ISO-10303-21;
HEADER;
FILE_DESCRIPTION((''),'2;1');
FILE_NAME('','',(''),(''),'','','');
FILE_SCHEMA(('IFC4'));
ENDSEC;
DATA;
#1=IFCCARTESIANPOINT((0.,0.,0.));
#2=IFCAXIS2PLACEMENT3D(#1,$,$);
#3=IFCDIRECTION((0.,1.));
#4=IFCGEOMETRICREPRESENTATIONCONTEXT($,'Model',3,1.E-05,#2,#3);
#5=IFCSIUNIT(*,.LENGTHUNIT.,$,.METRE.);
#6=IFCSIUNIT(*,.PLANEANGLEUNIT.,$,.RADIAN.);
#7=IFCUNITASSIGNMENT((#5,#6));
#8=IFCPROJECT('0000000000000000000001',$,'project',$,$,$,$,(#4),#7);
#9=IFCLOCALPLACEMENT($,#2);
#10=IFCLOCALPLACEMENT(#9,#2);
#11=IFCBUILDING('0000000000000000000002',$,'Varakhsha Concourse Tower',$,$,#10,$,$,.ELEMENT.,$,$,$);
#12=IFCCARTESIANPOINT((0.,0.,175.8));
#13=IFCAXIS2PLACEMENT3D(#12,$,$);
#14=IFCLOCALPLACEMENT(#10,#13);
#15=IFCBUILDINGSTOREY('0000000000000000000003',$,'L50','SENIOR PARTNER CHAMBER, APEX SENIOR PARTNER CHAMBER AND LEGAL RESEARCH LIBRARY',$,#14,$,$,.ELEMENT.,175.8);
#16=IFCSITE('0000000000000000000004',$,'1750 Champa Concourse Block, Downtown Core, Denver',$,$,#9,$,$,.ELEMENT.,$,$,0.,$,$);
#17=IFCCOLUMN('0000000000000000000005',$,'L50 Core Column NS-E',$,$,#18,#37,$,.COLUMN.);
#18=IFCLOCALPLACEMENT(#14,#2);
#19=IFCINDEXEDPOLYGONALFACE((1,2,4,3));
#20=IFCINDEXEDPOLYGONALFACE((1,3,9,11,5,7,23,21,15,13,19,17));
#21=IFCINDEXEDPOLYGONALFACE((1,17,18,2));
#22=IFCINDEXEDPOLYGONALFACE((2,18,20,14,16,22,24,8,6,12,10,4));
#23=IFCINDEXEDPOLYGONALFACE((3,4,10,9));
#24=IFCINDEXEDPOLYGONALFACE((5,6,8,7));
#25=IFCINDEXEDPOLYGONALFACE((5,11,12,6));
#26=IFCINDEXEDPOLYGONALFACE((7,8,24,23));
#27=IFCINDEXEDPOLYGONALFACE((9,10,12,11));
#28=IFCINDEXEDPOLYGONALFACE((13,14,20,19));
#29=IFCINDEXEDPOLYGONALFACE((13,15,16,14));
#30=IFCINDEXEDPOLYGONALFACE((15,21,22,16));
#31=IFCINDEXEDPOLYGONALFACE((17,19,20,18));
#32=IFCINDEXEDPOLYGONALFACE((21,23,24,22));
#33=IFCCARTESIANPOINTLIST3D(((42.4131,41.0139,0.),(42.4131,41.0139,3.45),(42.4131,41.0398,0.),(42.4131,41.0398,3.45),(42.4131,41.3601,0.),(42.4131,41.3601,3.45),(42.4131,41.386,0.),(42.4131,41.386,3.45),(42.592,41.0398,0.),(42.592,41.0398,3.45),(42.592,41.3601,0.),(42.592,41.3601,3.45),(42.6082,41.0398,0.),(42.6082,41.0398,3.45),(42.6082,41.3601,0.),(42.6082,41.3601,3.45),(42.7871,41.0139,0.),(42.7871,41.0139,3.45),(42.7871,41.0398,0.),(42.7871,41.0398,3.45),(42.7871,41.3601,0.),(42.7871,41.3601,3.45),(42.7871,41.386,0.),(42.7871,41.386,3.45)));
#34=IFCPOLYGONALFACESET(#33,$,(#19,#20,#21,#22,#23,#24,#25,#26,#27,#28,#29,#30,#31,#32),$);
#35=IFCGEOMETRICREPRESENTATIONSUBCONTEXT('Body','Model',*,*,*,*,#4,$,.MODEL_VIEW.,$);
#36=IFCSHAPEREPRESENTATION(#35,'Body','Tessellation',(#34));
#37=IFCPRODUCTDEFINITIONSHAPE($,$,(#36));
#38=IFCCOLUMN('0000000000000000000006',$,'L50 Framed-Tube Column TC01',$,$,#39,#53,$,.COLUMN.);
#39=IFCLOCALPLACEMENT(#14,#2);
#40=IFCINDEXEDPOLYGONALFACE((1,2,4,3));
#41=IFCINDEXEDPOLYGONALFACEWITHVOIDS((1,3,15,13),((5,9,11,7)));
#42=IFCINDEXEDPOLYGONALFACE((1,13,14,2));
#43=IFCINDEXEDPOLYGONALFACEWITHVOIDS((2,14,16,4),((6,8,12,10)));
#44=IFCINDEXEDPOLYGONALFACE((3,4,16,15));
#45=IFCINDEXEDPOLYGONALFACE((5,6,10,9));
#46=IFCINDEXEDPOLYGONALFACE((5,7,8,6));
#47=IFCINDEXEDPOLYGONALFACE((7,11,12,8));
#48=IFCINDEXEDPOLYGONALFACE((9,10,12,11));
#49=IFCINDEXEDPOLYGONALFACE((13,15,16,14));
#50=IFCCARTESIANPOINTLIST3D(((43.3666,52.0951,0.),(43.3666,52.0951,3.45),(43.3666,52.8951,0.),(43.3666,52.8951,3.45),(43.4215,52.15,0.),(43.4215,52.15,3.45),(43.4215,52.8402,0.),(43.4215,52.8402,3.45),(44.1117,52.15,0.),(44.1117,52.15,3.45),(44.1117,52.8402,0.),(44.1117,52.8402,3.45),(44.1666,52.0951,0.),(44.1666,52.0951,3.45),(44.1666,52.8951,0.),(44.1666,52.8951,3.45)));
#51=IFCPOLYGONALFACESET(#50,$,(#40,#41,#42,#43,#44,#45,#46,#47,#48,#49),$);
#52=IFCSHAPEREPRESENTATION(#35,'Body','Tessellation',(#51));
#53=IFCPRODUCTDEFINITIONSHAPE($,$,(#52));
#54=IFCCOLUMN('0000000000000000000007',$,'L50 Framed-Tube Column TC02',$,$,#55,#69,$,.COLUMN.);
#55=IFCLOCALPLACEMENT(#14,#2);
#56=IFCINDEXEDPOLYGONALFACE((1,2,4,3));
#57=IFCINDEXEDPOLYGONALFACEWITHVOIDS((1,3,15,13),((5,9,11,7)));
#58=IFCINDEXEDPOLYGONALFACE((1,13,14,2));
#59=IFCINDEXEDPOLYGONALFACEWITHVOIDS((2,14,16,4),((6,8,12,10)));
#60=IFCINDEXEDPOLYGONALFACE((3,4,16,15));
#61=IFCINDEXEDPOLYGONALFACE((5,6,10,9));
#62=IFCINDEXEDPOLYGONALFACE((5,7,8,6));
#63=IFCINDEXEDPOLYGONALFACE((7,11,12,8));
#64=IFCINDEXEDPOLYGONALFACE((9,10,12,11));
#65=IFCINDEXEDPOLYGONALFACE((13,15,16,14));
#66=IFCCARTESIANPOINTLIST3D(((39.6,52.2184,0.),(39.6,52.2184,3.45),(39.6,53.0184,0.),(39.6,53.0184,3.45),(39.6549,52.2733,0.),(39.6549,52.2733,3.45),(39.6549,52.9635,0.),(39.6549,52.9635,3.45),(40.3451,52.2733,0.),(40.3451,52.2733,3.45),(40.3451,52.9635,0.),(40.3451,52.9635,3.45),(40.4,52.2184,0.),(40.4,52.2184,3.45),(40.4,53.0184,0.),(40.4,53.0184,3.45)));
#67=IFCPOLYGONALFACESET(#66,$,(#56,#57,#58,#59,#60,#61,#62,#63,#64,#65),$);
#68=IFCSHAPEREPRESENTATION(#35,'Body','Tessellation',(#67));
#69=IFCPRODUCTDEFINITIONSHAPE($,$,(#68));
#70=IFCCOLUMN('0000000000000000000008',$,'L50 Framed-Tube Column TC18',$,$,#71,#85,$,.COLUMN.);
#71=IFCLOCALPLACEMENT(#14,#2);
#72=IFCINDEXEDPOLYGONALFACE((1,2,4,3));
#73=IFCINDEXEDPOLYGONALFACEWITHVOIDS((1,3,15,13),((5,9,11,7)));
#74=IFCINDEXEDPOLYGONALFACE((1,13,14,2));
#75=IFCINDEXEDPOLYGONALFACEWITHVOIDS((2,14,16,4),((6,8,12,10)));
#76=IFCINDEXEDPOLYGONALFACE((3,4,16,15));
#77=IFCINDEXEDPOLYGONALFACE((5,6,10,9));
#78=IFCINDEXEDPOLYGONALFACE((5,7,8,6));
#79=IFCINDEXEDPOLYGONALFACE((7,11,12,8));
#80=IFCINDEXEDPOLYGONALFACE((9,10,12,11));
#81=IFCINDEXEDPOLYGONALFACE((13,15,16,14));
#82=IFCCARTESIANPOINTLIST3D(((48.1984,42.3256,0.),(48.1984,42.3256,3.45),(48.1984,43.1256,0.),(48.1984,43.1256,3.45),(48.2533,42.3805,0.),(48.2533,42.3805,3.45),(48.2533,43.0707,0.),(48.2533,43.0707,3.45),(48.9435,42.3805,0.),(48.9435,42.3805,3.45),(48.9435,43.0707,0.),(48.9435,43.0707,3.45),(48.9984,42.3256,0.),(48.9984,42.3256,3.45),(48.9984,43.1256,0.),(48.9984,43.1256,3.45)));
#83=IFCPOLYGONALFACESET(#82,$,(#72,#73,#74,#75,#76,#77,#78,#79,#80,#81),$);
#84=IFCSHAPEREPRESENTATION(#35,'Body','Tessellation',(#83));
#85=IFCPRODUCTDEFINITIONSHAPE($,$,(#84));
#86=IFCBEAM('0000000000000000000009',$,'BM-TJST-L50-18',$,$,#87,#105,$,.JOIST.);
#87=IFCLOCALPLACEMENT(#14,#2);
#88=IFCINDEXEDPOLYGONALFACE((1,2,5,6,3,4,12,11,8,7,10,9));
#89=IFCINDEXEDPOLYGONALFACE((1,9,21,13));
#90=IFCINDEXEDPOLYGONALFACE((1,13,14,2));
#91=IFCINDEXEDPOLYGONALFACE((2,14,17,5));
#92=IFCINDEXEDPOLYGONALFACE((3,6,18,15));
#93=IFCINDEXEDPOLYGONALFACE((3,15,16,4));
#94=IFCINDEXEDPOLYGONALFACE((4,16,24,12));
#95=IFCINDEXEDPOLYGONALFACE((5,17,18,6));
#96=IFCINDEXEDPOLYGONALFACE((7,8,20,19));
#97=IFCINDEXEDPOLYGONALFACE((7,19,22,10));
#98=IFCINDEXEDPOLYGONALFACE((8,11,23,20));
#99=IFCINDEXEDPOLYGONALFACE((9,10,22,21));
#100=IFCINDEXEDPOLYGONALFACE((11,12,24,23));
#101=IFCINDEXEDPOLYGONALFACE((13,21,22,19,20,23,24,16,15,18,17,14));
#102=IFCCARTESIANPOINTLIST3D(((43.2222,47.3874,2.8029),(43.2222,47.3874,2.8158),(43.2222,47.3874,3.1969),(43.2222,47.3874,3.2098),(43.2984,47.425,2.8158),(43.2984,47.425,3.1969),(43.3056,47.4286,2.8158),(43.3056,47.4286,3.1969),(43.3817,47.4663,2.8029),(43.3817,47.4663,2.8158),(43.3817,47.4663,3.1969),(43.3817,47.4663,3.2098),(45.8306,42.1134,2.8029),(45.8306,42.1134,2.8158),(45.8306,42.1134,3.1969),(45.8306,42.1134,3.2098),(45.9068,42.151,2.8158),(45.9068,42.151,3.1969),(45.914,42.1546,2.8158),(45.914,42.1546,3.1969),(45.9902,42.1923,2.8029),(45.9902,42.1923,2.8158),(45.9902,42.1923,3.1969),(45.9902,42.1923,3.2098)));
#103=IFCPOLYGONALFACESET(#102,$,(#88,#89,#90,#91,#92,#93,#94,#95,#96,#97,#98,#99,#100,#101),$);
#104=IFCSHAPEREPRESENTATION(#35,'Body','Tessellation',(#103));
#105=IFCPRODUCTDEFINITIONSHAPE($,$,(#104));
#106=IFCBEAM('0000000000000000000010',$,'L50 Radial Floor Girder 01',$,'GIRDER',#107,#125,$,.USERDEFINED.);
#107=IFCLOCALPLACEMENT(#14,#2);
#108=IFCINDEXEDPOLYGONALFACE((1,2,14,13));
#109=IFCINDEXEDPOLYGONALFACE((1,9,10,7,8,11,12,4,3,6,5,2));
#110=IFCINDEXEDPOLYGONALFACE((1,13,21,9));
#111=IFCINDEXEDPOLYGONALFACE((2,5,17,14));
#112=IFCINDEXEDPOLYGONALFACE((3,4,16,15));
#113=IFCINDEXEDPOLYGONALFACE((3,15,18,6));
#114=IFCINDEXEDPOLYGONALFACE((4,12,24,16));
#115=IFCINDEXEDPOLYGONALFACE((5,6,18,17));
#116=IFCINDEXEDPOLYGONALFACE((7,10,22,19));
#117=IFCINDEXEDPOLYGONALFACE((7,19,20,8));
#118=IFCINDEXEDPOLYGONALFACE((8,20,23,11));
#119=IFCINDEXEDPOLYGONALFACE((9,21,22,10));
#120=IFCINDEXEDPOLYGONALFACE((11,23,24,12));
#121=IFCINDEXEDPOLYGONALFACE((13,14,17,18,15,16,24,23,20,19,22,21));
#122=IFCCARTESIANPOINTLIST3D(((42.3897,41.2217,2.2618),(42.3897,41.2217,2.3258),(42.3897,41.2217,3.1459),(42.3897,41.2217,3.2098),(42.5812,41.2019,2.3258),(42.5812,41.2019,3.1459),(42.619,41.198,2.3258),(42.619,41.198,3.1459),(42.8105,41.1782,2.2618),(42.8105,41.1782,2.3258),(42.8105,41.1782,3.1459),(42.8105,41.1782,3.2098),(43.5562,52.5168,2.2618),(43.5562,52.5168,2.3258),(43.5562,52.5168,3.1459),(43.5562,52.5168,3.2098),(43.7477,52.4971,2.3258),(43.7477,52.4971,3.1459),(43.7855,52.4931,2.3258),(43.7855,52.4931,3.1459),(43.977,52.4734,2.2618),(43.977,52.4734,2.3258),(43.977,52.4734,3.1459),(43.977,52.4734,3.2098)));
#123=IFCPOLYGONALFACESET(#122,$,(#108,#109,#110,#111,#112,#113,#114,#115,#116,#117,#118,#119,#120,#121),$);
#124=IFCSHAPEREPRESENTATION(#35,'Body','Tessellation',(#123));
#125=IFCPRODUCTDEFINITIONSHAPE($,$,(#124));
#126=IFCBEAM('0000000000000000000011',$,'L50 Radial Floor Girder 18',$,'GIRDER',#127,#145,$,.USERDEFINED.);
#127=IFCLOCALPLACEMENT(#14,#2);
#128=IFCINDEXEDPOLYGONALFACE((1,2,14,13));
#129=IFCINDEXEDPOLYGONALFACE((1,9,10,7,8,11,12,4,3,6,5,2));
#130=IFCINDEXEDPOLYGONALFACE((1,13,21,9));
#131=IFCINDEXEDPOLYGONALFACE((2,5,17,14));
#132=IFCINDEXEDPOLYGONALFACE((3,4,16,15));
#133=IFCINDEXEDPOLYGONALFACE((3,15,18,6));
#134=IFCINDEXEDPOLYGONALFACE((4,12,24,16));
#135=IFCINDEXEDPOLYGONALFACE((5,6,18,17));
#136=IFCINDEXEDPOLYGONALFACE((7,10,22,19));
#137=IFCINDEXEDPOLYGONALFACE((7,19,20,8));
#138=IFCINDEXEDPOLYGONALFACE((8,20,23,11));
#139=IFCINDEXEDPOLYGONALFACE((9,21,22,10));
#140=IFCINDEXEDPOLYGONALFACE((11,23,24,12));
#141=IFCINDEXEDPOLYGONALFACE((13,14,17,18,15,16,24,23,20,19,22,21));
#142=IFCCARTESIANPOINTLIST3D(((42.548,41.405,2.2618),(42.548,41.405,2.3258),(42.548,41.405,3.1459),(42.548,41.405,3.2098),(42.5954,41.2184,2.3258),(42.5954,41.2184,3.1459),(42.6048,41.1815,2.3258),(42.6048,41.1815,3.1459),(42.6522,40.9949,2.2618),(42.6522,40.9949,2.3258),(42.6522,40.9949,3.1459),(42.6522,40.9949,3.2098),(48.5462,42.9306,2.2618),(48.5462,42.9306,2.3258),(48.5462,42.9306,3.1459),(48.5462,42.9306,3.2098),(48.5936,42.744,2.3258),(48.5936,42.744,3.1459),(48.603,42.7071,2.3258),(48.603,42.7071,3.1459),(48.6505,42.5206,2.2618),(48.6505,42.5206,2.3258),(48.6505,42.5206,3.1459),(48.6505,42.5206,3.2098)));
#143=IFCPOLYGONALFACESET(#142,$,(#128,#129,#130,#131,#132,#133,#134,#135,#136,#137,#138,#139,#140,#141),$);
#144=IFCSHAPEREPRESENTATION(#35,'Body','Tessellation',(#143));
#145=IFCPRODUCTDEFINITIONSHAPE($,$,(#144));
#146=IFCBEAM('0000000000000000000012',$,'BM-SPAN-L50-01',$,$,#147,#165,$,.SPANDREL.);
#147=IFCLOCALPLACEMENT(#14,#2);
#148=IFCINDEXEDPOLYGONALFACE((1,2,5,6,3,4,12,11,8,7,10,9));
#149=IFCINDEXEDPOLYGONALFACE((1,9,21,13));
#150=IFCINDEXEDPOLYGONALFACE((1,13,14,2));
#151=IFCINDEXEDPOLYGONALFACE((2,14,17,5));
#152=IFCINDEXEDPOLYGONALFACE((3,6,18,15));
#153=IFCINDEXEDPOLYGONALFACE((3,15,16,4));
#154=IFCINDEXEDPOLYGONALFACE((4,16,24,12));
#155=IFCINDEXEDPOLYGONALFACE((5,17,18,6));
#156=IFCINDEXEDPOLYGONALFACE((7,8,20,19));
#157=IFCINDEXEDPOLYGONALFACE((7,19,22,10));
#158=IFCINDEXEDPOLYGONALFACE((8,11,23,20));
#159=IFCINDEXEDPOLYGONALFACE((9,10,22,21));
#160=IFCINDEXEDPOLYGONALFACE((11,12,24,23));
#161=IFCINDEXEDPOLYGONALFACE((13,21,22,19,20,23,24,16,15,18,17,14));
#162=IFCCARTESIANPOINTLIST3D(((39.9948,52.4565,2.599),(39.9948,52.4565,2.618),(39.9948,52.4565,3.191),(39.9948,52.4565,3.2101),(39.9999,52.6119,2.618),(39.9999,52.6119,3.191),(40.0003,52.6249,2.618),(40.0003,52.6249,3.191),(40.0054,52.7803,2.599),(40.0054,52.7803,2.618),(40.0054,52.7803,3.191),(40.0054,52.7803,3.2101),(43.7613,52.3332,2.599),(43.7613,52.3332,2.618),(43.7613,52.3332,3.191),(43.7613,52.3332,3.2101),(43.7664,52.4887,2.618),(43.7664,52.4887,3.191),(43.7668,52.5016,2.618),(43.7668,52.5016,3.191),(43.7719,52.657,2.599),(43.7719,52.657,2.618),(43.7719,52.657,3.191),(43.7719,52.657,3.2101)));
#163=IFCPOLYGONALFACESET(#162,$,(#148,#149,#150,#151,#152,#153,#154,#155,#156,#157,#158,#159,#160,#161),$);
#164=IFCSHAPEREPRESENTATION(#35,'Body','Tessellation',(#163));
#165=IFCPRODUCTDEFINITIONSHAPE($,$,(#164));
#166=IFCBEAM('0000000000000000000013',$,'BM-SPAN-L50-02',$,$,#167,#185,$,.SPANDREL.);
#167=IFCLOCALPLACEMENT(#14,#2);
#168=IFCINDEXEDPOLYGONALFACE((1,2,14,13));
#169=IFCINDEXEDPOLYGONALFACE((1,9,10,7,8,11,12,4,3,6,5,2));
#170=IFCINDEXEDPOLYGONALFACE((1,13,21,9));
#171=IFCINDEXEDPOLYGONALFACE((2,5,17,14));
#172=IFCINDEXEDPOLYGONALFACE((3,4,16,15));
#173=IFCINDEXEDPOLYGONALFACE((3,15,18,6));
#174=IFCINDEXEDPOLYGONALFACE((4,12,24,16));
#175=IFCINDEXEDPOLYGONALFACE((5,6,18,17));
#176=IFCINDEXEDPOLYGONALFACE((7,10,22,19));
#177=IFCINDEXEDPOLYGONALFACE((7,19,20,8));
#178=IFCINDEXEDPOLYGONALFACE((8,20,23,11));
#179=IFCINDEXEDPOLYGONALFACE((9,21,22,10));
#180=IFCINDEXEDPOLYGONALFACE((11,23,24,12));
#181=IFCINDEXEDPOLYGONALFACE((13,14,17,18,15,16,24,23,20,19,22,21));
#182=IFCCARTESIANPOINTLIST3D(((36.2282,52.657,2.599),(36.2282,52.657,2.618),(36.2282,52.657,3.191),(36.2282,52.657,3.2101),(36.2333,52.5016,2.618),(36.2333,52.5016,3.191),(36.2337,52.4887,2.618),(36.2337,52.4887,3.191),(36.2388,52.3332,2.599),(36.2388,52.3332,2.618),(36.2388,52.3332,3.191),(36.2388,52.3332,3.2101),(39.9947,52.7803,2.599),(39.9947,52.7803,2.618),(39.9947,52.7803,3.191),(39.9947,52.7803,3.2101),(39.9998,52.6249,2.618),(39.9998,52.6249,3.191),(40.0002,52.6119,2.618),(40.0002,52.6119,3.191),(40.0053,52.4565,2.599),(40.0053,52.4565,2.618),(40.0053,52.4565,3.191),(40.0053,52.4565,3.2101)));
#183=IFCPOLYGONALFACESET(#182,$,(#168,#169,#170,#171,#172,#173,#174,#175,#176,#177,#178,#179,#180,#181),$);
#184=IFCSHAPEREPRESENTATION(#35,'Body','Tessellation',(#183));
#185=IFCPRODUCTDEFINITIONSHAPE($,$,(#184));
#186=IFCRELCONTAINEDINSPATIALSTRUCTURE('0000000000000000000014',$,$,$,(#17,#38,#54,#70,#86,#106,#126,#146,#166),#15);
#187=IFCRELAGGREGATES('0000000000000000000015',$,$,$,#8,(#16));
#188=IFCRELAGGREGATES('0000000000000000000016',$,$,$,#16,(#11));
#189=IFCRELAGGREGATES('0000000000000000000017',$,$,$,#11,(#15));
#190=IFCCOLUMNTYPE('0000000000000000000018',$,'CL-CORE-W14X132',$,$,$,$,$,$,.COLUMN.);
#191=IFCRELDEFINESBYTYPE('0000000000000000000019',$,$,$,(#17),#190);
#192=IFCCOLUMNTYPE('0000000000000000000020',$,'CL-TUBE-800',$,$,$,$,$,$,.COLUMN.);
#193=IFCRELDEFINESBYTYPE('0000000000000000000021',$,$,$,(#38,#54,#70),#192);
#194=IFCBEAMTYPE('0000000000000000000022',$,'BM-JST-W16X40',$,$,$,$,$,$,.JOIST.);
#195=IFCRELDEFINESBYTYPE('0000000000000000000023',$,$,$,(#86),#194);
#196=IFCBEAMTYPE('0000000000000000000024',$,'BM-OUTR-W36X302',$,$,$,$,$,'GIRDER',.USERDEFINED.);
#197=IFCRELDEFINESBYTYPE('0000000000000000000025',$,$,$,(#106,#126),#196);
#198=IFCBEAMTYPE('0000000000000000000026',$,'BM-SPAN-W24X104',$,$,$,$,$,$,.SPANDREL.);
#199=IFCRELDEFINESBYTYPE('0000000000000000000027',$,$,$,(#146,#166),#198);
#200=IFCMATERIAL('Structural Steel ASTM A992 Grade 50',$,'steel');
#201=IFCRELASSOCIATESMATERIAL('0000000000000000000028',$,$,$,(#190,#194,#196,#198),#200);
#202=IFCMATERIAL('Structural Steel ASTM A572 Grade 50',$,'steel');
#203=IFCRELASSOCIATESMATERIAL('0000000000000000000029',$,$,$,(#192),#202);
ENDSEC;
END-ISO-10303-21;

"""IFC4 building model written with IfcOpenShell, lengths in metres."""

from ifc_helpers import new_model, si_unit, direction, frame, origin, origin_2d, place, context, subcontext, project, spatial, hollow_rectangle, i_section, extrude, material, material_profile, profile_set, type_object, element, save


model = new_model("IFC4")

# Units and contexts
model_context = context("Model", 3, precision=1e-05, world=origin(), true_north=direction((0.0, 1.0)))
body_context = subcontext(model_context, "Body", "Model", "MODEL_VIEW")
ifc_project = project(units=[si_unit("LENGTHUNIT", "METRE"), si_unit("PLANEANGLEUNIT", "RADIAN")], contexts=[model_context])

# Site, building, storey
site_placement = place(None, origin())
site = spatial("IfcSite", under=ifc_project, at=site_placement, Name="1750 Champa Concourse Block, Downtown Core, Denver", CompositionType="ELEMENT", RefElevation=0.0)
building_placement = place(site_placement, origin())
building = spatial("IfcBuilding", under=site, at=building_placement, Name="Varakhsha Concourse Tower", CompositionType="ELEMENT")
storey_placement = place(building_placement, frame((0.0, 0.0, 175.8)))
storey = spatial("IfcBuildingStorey", under=building, at=storey_placement, Name="L50", Description="SENIOR PARTNER CHAMBER, APEX SENIOR PARTNER CHAMBER AND LEGAL RESEARCH LIBRARY", CompositionType="ELEMENT", Elevation=175.8)

# Columns
ifc_material_1 = material(Name="Structural Steel ASTM A992 Grade 50", Category="steel")
ifc_material_profile_1 = material_profile(ifc_material_1, i_section(OverallWidth=0.374, OverallDepth=0.3721, WebThickness=0.0161, FlangeThickness=0.0259, at=origin_2d()), Name="W14X132")
ifc_profile_set_1 = profile_set([ifc_material_profile_1], Name="Structural Steel ASTM A992 Grade 50")
column_type_1 = type_object("IfcColumnType", Name="CL-CORE-W14X132", PredefinedType="COLUMN", material=ifc_profile_set_1)
column_placement = place(storey_placement, frame((42.6001, 41.2, 0.0), z_axis=(0.0, 0.0, 1.0), x_axis=(1.0, 0.0, 0.0)))
element("IfcColumn", 1, at=column_placement, inside=storey, type_object=column_type_1, Name="L50 Core Column NS-E", PredefinedType="COLUMN", context=body_context, shape_type="SweptSolid", body=[
    extrude(i_section(OverallWidth=0.374, OverallDepth=0.3721, WebThickness=0.0161, FlangeThickness=0.0259, at=origin_2d()), origin(), (0.0, 0.0, 1.0), 3.45),
])
ifc_material_2 = material(Name="Structural Steel ASTM A572 Grade 50", Category="steel")
ifc_material_profile_2 = material_profile(ifc_material_2, hollow_rectangle(XDim=0.8, YDim=0.8, WallThickness=0.0549, at=origin_2d()), Name="BOX 800x800x55")
ifc_profile_set_2 = profile_set([ifc_material_profile_2], Name="Structural Steel ASTM A572 Grade 50")
column_type_2 = type_object("IfcColumnType", Name="CL-TUBE-800", PredefinedType="COLUMN", material=ifc_profile_set_2)
for number, where, z_axis, x_axis, name in (
    (2, (43.7666, 52.4951, 0.0), (0.0, 0.0, 1.0), (1.0, 0.0, 0.0), "L50 Framed-Tube Column TC01"),
    (3, (40.0, 52.6184, 0.0), (0.0, 0.0, 1.0), (1.0, 0.0, 0.0), "L50 Framed-Tube Column TC02"),
    (4, (48.5984, 42.7256, 0.0), (0.0, 0.0, 1.0), (1.0, 0.0, 0.0), "L50 Framed-Tube Column TC18"),
):
    element("IfcColumn", number, at=place(storey_placement, frame(where, z_axis=z_axis, x_axis=x_axis)), inside=storey, type_object=column_type_2, Name=name, PredefinedType="COLUMN", context=body_context, shape_type="SweptSolid", body=[
        extrude(hollow_rectangle(XDim=0.8, YDim=0.8, WallThickness=0.0549, at=origin_2d()), origin(), (0.0, 0.0, 1.0), 3.45),
    ])

# Beams
ifc_material_profile_3 = material_profile(ifc_material_1, i_section(OverallWidth=0.178, OverallDepth=0.407, WebThickness=0.0081, FlangeThickness=0.0129, at=origin_2d()), Name="W16X40")
ifc_profile_set_3 = profile_set([ifc_material_profile_3], Name="Structural Steel ASTM A992 Grade 50")
beam_type_1 = type_object("IfcBeamType", Name="BM-JST-W16X40", PredefinedType="JOIST", material=ifc_profile_set_3)
beam_1_placement = place(storey_placement, frame((45.9104, 42.1528, 3.0063), z_axis=(-0.443326, 0.896361, 0.0), x_axis=(-0.896361, -0.443326, 0.0)))
element("IfcBeam", 5, at=beam_1_placement, inside=storey, type_object=beam_type_1, Name="BM-TJST-L50-18", PredefinedType="JOIST", context=body_context, shape_type="SweptSolid", body=[
    extrude(i_section(OverallWidth=0.178, OverallDepth=0.407, WebThickness=0.0081, FlangeThickness=0.0129, at=origin_2d()), origin(), (0.0, 0.0, 1.0), 5.8838),
])
ifc_material_profile_4 = material_profile(ifc_material_1, i_section(OverallWidth=0.4231, OverallDepth=0.948, WebThickness=0.0381, FlangeThickness=0.064, at=origin_2d()), Name="W36X302")
ifc_profile_set_4 = profile_set([ifc_material_profile_4], Name="Structural Steel ASTM A992 Grade 50")
beam_type_2 = type_object("IfcBeamType", Name="BM-OUTR-W36X302", ElementType="GIRDER", PredefinedType="USERDEFINED", material=ifc_profile_set_4)
beam_2_placement = place(storey_placement, frame((42.6001, 41.2, 2.7358), z_axis=(0.102728, 0.994709, 0.0), x_axis=(-0.994709, 0.102728, 0.0)))
element("IfcBeam", 6, at=beam_2_placement, inside=storey, type_object=beam_type_2, Name="L50 Radial Floor Girder 01", ObjectType="GIRDER", PredefinedType="USERDEFINED", context=body_context, shape_type="SweptSolid", body=[
    extrude(i_section(OverallWidth=0.4231, OverallDepth=0.948, WebThickness=0.0381, FlangeThickness=0.064, at=origin_2d()), origin(), (0.0, 0.0, 1.0), 11.3552),
])
beam_3_placement = place(storey_placement, frame((42.6001, 41.2, 2.7358), z_axis=(0.969144, 0.246497, 0.0), x_axis=(-0.246497, 0.969144, 0.0)))
element("IfcBeam", 7, at=beam_3_placement, inside=storey, type_object=beam_type_2, Name="L50 Radial Floor Girder 18", ObjectType="GIRDER", PredefinedType="USERDEFINED", context=body_context, shape_type="SweptSolid", body=[
    extrude(i_section(OverallWidth=0.4231, OverallDepth=0.948, WebThickness=0.0381, FlangeThickness=0.064, at=origin_2d()), origin(), (0.0, 0.0, 1.0), 6.1892),
])
ifc_material_profile_5 = material_profile(ifc_material_1, i_section(OverallWidth=0.324, OverallDepth=0.6111, WebThickness=0.0129, FlangeThickness=0.019, at=origin_2d()), Name="W24X104")
ifc_profile_set_5 = profile_set([ifc_material_profile_5], Name="Structural Steel ASTM A992 Grade 50")
beam_type_3 = type_object("IfcBeamType", Name="BM-SPAN-W24X104", PredefinedType="SPANDREL", material=ifc_profile_set_5)
for number, where, z_axis, x_axis, name in (
    (8, (43.7666, 52.4951, 2.9045), (-0.999465, 0.032715, 0.0), (-0.032715, -0.999465, 0.0), "BM-SPAN-L50-01"),
    (9, (40.0, 52.6184, 2.9045), (-0.999465, -0.032715, 0.0), (0.032715, -0.999465, 0.0), "BM-SPAN-L50-02"),
):
    element("IfcBeam", number, at=place(storey_placement, frame(where, z_axis=z_axis, x_axis=x_axis)), inside=storey, type_object=beam_type_3, Name=name, PredefinedType="SPANDREL", context=body_context, shape_type="SweptSolid", body=[
        extrude(i_section(OverallWidth=0.324, OverallDepth=0.6111, WebThickness=0.0129, FlangeThickness=0.019, at=origin_2d()), origin(), (0.0, 0.0, 1.0), 3.7686),
    ])

save(model, "model.ifc")
